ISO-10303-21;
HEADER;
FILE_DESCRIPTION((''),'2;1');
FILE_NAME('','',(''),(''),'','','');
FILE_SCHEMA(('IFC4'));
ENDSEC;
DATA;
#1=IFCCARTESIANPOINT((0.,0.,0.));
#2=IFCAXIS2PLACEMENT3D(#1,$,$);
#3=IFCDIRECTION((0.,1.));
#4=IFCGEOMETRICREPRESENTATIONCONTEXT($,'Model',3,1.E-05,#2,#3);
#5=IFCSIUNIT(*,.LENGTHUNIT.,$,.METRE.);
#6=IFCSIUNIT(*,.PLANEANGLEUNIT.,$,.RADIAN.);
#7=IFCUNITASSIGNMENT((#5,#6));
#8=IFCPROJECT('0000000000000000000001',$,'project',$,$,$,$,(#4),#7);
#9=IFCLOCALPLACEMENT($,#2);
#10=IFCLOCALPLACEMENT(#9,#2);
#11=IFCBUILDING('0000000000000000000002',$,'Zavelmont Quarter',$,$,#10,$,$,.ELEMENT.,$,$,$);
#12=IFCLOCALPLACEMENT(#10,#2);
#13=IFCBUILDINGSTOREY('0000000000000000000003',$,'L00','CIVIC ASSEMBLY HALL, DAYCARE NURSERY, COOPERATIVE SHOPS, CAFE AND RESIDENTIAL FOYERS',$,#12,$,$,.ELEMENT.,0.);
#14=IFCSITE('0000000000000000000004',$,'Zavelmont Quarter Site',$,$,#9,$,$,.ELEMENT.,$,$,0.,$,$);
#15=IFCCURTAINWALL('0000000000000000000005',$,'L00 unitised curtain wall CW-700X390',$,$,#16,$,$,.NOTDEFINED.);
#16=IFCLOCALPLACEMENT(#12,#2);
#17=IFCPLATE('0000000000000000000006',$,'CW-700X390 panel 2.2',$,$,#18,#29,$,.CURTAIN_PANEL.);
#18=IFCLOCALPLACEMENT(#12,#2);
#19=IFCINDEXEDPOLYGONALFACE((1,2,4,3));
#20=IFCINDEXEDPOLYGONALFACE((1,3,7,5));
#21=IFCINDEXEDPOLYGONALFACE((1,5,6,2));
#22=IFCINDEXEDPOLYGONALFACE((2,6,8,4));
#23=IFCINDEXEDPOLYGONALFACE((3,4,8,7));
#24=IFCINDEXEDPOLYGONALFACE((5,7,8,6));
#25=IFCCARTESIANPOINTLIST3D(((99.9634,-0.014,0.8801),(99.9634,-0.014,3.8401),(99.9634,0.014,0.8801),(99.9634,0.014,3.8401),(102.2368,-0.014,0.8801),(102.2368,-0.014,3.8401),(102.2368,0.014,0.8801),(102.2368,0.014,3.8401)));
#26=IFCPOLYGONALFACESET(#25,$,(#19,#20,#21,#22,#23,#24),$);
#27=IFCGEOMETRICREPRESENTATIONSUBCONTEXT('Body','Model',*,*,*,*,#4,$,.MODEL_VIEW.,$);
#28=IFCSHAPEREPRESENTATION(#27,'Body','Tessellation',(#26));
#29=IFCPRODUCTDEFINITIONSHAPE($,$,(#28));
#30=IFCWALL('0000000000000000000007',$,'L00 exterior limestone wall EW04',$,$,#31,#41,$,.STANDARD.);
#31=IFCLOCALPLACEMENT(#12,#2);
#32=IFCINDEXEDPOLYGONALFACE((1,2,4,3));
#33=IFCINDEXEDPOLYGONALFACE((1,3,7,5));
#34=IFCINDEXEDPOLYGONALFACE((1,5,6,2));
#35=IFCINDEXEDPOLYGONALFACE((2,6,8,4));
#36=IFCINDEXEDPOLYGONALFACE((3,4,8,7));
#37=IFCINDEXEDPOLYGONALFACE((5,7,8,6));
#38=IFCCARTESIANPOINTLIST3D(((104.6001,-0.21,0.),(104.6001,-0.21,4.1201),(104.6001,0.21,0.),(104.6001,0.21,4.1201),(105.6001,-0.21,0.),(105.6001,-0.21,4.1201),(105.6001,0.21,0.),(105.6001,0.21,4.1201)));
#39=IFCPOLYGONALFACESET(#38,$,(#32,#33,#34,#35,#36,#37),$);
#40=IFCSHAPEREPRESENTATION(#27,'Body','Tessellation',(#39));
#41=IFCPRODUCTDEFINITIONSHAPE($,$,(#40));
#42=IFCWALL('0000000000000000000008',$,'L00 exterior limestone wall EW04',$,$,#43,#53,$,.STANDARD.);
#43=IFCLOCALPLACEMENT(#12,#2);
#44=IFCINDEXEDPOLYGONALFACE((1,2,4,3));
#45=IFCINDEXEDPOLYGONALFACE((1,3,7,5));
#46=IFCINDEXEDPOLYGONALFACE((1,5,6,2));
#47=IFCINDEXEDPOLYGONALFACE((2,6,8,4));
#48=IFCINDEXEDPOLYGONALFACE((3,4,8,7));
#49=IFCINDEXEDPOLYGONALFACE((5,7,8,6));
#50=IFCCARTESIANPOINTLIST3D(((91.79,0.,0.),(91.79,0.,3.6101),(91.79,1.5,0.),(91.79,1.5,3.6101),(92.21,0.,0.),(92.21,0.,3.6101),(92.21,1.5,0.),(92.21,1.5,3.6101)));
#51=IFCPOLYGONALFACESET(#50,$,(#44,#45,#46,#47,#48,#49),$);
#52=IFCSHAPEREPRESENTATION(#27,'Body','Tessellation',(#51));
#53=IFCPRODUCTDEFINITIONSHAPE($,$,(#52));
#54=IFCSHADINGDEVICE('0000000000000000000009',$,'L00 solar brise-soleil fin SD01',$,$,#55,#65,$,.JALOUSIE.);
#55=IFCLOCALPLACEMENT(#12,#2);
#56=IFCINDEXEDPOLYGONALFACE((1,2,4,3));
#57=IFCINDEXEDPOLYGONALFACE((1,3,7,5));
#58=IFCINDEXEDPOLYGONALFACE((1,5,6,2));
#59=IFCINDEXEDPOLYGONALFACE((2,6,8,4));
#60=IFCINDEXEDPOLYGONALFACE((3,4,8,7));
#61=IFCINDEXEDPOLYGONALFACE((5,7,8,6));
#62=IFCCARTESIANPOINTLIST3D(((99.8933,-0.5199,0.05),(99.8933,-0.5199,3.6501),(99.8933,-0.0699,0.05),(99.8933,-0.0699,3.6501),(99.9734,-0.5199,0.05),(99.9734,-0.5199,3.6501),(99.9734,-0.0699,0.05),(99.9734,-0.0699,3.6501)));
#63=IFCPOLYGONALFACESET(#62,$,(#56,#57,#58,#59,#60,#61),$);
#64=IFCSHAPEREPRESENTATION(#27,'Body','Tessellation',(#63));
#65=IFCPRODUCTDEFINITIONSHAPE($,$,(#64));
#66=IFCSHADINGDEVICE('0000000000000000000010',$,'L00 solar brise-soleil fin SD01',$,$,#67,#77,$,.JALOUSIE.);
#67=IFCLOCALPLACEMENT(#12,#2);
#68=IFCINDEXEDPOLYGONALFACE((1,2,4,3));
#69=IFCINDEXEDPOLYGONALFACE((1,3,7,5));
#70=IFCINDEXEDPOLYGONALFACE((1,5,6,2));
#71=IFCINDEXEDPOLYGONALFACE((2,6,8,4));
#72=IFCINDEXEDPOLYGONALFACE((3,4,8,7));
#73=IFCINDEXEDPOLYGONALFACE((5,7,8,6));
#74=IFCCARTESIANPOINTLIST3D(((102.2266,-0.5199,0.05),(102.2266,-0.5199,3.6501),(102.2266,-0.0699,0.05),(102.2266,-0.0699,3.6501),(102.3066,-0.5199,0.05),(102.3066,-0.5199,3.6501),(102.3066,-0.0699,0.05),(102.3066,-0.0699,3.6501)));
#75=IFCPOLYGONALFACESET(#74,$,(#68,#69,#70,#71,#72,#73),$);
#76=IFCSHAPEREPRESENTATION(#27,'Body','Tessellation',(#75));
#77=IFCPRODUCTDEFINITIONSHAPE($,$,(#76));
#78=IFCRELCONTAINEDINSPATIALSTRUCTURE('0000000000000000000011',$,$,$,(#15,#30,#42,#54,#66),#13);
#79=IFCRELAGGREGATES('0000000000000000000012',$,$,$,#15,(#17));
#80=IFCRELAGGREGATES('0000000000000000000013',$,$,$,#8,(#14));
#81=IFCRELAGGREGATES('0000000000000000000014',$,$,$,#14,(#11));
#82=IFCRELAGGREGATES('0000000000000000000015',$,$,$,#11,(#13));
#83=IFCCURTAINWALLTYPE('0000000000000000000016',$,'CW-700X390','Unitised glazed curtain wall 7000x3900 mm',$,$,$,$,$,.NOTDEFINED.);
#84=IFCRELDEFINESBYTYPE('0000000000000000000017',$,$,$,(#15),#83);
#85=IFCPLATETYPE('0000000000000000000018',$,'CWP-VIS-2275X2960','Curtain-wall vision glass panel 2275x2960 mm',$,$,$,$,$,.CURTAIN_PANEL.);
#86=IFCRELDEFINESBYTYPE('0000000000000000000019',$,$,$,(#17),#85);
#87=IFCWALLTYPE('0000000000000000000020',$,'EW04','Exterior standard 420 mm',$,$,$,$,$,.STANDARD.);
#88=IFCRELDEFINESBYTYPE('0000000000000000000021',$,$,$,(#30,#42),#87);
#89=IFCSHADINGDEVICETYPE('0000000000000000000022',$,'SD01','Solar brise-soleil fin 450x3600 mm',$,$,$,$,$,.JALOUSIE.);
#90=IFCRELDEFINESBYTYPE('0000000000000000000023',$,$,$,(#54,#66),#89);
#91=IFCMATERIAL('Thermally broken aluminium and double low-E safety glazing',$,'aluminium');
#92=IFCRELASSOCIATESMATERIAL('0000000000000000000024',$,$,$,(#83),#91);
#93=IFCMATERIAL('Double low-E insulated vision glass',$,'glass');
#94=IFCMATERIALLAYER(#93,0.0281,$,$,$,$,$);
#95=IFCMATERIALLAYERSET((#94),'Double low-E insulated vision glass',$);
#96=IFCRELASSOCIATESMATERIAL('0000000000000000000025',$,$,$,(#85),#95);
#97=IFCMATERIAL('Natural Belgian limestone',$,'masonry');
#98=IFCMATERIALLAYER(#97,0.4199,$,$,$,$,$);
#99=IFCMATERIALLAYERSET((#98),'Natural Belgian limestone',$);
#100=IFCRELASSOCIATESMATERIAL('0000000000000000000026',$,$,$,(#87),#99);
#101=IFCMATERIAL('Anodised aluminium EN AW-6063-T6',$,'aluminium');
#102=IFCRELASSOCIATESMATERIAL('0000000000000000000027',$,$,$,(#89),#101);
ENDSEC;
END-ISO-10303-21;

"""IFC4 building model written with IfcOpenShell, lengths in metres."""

from ifc_helpers import new_model, si_unit, direction, frame, frame_2d, origin, origin_2d, place, context, subcontext, project, spatial, rectangle, extrude, material, layer, layer_set, type_object, element, aggregate, save


model = new_model("IFC4")

# Units and contexts
model_context = context("Model", 3, precision=1e-05, world=origin(), true_north=direction((0.0, 1.0)))
body_context = subcontext(model_context, "Body", "Model", "MODEL_VIEW")
ifc_project = project(units=[si_unit("LENGTHUNIT", "METRE"), si_unit("PLANEANGLEUNIT", "RADIAN")], contexts=[model_context])

# Site, building, storey
site_placement = place(None, origin())
site = spatial("IfcSite", under=ifc_project, at=site_placement, Name="Zavelmont Quarter Site", CompositionType="ELEMENT", RefElevation=0.0)
building_placement = place(site_placement, origin())
building = spatial("IfcBuilding", under=site, at=building_placement, Name="Zavelmont Quarter", CompositionType="ELEMENT")
storey_placement = place(building_placement, origin())
storey = spatial("IfcBuildingStorey", under=building, at=storey_placement, Name="L00", Description="CIVIC ASSEMBLY HALL, DAYCARE NURSERY, COOPERATIVE SHOPS, CAFE AND RESIDENTIAL FOYERS", CompositionType="ELEMENT", Elevation=0.0)

# Curtain wall
ifc_material_1 = material(Name="Thermally broken aluminium and double low-E safety glazing", Category="aluminium")
curtain_wall_type_1 = type_object("IfcCurtainWallType", Name="CW-700X390", Description="Unitised glazed curtain wall 7000x3900 mm", PredefinedType="NOTDEFINED", material=ifc_material_1)
curtain_wall_1_placement = place(storey_placement, origin())
curtain_wall_1 = element("IfcCurtainWall", 1, at=curtain_wall_1_placement, inside=storey, type_object=curtain_wall_type_1, Name="L00 unitised curtain wall CW-700X390", PredefinedType="NOTDEFINED")

# Plate
ifc_material_2 = material(Name="Double low-E insulated vision glass", Category="glass")
ifc_layer_1 = layer(ifc_material_2, 0.0281)
ifc_layer_set_1 = layer_set([ifc_layer_1], Name="Double low-E insulated vision glass")
plate_type_1 = type_object("IfcPlateType", Name="CWP-VIS-2275X2960", Description="Curtain-wall vision glass panel 2275x2960 mm", PredefinedType="CURTAIN_PANEL", material=ifc_layer_set_1)
plate_1_placement = place(storey_placement, frame((101.1001, 0.0, 0.8801), z_axis=(0.0, 0.0, 1.0), x_axis=(1.0, 0.0, 0.0)))
plate_1 = element("IfcPlate", 2, at=plate_1_placement, type_object=plate_type_1, Name="CW-700X390 panel 2.2", PredefinedType="CURTAIN_PANEL", context=body_context, shape_type="SweptSolid", body=[
    extrude(rectangle(XDim=2.2734, YDim=0.0281, at=origin_2d()), origin(), (0.0, 0.0, 1.0), 2.96),
])
aggregate(curtain_wall_1, [plate_1])

# Shared definitions
ifc_material_3 = material(Name="Natural Belgian limestone", Category="masonry")
ifc_layer_2 = layer(ifc_material_3, 0.4199)
ifc_layer_set_2 = layer_set([ifc_layer_2], Name="Natural Belgian limestone")
wall_type = type_object("IfcWallType", Name="EW04", Description="Exterior standard 420 mm", PredefinedType="STANDARD", material=ifc_layer_set_2)

# Walls
wall_1_placement = place(storey_placement, frame((104.6001, 0.0, 0.0), z_axis=(0.0, 0.0, 1.0), x_axis=(1.0, 0.0, 0.0)))
element("IfcWall", 3, at=wall_1_placement, inside=storey, type_object=wall_type, Name="L00 exterior limestone wall EW04", PredefinedType="STANDARD", context=body_context, shape_type="SweptSolid", body=[
    extrude(rectangle(XDim=1.0, YDim=0.4199, at=frame_2d((0.5, 0.0))), origin(), (0.0, 0.0, 1.0), 4.1201),
])
wall_2_placement = place(storey_placement, frame((92.0, 0.0, 0.0), z_axis=(0.0, 0.0, 1.0), x_axis=(0.0, 1.0, 0.0)))
element("IfcWall", 4, at=wall_2_placement, inside=storey, type_object=wall_type, Name="L00 exterior limestone wall EW04", PredefinedType="STANDARD", context=body_context, shape_type="SweptSolid", body=[
    extrude(rectangle(XDim=1.5, YDim=0.4199, at=frame_2d((0.75, 0.0))), origin(), (0.0, 0.0, 1.0), 3.6101),
])

# Shading devices
ifc_material_4 = material(Name="Anodised aluminium EN AW-6063-T6", Category="aluminium")
shading_device_type = type_object("IfcShadingDeviceType", Name="SD01", Description="Solar brise-soleil fin 450x3600 mm", PredefinedType="JALOUSIE", material=ifc_material_4)
for number, where, z_axis, x_axis, name in (
    (5, (99.9333, -0.2949, 0.05), (0.0, 0.0, 1.0), (1.0, 0.0, 0.0), "L00 solar brise-soleil fin SD01"),
    (6, (102.2666, -0.2949, 0.05), (0.0, 0.0, 1.0), (1.0, 0.0, 0.0), "L00 solar brise-soleil fin SD01"),
):
    element("IfcShadingDevice", number, at=place(storey_placement, frame(where, z_axis=z_axis, x_axis=x_axis)), inside=storey, type_object=shading_device_type, Name=name, PredefinedType="JALOUSIE", context=body_context, shape_type="SweptSolid", body=[
        extrude(rectangle(XDim=0.0801, YDim=0.45, at=origin_2d()), origin(), (0.0, 0.0, 1.0), 3.6001),
    ])

save(model, "model.ifc")
